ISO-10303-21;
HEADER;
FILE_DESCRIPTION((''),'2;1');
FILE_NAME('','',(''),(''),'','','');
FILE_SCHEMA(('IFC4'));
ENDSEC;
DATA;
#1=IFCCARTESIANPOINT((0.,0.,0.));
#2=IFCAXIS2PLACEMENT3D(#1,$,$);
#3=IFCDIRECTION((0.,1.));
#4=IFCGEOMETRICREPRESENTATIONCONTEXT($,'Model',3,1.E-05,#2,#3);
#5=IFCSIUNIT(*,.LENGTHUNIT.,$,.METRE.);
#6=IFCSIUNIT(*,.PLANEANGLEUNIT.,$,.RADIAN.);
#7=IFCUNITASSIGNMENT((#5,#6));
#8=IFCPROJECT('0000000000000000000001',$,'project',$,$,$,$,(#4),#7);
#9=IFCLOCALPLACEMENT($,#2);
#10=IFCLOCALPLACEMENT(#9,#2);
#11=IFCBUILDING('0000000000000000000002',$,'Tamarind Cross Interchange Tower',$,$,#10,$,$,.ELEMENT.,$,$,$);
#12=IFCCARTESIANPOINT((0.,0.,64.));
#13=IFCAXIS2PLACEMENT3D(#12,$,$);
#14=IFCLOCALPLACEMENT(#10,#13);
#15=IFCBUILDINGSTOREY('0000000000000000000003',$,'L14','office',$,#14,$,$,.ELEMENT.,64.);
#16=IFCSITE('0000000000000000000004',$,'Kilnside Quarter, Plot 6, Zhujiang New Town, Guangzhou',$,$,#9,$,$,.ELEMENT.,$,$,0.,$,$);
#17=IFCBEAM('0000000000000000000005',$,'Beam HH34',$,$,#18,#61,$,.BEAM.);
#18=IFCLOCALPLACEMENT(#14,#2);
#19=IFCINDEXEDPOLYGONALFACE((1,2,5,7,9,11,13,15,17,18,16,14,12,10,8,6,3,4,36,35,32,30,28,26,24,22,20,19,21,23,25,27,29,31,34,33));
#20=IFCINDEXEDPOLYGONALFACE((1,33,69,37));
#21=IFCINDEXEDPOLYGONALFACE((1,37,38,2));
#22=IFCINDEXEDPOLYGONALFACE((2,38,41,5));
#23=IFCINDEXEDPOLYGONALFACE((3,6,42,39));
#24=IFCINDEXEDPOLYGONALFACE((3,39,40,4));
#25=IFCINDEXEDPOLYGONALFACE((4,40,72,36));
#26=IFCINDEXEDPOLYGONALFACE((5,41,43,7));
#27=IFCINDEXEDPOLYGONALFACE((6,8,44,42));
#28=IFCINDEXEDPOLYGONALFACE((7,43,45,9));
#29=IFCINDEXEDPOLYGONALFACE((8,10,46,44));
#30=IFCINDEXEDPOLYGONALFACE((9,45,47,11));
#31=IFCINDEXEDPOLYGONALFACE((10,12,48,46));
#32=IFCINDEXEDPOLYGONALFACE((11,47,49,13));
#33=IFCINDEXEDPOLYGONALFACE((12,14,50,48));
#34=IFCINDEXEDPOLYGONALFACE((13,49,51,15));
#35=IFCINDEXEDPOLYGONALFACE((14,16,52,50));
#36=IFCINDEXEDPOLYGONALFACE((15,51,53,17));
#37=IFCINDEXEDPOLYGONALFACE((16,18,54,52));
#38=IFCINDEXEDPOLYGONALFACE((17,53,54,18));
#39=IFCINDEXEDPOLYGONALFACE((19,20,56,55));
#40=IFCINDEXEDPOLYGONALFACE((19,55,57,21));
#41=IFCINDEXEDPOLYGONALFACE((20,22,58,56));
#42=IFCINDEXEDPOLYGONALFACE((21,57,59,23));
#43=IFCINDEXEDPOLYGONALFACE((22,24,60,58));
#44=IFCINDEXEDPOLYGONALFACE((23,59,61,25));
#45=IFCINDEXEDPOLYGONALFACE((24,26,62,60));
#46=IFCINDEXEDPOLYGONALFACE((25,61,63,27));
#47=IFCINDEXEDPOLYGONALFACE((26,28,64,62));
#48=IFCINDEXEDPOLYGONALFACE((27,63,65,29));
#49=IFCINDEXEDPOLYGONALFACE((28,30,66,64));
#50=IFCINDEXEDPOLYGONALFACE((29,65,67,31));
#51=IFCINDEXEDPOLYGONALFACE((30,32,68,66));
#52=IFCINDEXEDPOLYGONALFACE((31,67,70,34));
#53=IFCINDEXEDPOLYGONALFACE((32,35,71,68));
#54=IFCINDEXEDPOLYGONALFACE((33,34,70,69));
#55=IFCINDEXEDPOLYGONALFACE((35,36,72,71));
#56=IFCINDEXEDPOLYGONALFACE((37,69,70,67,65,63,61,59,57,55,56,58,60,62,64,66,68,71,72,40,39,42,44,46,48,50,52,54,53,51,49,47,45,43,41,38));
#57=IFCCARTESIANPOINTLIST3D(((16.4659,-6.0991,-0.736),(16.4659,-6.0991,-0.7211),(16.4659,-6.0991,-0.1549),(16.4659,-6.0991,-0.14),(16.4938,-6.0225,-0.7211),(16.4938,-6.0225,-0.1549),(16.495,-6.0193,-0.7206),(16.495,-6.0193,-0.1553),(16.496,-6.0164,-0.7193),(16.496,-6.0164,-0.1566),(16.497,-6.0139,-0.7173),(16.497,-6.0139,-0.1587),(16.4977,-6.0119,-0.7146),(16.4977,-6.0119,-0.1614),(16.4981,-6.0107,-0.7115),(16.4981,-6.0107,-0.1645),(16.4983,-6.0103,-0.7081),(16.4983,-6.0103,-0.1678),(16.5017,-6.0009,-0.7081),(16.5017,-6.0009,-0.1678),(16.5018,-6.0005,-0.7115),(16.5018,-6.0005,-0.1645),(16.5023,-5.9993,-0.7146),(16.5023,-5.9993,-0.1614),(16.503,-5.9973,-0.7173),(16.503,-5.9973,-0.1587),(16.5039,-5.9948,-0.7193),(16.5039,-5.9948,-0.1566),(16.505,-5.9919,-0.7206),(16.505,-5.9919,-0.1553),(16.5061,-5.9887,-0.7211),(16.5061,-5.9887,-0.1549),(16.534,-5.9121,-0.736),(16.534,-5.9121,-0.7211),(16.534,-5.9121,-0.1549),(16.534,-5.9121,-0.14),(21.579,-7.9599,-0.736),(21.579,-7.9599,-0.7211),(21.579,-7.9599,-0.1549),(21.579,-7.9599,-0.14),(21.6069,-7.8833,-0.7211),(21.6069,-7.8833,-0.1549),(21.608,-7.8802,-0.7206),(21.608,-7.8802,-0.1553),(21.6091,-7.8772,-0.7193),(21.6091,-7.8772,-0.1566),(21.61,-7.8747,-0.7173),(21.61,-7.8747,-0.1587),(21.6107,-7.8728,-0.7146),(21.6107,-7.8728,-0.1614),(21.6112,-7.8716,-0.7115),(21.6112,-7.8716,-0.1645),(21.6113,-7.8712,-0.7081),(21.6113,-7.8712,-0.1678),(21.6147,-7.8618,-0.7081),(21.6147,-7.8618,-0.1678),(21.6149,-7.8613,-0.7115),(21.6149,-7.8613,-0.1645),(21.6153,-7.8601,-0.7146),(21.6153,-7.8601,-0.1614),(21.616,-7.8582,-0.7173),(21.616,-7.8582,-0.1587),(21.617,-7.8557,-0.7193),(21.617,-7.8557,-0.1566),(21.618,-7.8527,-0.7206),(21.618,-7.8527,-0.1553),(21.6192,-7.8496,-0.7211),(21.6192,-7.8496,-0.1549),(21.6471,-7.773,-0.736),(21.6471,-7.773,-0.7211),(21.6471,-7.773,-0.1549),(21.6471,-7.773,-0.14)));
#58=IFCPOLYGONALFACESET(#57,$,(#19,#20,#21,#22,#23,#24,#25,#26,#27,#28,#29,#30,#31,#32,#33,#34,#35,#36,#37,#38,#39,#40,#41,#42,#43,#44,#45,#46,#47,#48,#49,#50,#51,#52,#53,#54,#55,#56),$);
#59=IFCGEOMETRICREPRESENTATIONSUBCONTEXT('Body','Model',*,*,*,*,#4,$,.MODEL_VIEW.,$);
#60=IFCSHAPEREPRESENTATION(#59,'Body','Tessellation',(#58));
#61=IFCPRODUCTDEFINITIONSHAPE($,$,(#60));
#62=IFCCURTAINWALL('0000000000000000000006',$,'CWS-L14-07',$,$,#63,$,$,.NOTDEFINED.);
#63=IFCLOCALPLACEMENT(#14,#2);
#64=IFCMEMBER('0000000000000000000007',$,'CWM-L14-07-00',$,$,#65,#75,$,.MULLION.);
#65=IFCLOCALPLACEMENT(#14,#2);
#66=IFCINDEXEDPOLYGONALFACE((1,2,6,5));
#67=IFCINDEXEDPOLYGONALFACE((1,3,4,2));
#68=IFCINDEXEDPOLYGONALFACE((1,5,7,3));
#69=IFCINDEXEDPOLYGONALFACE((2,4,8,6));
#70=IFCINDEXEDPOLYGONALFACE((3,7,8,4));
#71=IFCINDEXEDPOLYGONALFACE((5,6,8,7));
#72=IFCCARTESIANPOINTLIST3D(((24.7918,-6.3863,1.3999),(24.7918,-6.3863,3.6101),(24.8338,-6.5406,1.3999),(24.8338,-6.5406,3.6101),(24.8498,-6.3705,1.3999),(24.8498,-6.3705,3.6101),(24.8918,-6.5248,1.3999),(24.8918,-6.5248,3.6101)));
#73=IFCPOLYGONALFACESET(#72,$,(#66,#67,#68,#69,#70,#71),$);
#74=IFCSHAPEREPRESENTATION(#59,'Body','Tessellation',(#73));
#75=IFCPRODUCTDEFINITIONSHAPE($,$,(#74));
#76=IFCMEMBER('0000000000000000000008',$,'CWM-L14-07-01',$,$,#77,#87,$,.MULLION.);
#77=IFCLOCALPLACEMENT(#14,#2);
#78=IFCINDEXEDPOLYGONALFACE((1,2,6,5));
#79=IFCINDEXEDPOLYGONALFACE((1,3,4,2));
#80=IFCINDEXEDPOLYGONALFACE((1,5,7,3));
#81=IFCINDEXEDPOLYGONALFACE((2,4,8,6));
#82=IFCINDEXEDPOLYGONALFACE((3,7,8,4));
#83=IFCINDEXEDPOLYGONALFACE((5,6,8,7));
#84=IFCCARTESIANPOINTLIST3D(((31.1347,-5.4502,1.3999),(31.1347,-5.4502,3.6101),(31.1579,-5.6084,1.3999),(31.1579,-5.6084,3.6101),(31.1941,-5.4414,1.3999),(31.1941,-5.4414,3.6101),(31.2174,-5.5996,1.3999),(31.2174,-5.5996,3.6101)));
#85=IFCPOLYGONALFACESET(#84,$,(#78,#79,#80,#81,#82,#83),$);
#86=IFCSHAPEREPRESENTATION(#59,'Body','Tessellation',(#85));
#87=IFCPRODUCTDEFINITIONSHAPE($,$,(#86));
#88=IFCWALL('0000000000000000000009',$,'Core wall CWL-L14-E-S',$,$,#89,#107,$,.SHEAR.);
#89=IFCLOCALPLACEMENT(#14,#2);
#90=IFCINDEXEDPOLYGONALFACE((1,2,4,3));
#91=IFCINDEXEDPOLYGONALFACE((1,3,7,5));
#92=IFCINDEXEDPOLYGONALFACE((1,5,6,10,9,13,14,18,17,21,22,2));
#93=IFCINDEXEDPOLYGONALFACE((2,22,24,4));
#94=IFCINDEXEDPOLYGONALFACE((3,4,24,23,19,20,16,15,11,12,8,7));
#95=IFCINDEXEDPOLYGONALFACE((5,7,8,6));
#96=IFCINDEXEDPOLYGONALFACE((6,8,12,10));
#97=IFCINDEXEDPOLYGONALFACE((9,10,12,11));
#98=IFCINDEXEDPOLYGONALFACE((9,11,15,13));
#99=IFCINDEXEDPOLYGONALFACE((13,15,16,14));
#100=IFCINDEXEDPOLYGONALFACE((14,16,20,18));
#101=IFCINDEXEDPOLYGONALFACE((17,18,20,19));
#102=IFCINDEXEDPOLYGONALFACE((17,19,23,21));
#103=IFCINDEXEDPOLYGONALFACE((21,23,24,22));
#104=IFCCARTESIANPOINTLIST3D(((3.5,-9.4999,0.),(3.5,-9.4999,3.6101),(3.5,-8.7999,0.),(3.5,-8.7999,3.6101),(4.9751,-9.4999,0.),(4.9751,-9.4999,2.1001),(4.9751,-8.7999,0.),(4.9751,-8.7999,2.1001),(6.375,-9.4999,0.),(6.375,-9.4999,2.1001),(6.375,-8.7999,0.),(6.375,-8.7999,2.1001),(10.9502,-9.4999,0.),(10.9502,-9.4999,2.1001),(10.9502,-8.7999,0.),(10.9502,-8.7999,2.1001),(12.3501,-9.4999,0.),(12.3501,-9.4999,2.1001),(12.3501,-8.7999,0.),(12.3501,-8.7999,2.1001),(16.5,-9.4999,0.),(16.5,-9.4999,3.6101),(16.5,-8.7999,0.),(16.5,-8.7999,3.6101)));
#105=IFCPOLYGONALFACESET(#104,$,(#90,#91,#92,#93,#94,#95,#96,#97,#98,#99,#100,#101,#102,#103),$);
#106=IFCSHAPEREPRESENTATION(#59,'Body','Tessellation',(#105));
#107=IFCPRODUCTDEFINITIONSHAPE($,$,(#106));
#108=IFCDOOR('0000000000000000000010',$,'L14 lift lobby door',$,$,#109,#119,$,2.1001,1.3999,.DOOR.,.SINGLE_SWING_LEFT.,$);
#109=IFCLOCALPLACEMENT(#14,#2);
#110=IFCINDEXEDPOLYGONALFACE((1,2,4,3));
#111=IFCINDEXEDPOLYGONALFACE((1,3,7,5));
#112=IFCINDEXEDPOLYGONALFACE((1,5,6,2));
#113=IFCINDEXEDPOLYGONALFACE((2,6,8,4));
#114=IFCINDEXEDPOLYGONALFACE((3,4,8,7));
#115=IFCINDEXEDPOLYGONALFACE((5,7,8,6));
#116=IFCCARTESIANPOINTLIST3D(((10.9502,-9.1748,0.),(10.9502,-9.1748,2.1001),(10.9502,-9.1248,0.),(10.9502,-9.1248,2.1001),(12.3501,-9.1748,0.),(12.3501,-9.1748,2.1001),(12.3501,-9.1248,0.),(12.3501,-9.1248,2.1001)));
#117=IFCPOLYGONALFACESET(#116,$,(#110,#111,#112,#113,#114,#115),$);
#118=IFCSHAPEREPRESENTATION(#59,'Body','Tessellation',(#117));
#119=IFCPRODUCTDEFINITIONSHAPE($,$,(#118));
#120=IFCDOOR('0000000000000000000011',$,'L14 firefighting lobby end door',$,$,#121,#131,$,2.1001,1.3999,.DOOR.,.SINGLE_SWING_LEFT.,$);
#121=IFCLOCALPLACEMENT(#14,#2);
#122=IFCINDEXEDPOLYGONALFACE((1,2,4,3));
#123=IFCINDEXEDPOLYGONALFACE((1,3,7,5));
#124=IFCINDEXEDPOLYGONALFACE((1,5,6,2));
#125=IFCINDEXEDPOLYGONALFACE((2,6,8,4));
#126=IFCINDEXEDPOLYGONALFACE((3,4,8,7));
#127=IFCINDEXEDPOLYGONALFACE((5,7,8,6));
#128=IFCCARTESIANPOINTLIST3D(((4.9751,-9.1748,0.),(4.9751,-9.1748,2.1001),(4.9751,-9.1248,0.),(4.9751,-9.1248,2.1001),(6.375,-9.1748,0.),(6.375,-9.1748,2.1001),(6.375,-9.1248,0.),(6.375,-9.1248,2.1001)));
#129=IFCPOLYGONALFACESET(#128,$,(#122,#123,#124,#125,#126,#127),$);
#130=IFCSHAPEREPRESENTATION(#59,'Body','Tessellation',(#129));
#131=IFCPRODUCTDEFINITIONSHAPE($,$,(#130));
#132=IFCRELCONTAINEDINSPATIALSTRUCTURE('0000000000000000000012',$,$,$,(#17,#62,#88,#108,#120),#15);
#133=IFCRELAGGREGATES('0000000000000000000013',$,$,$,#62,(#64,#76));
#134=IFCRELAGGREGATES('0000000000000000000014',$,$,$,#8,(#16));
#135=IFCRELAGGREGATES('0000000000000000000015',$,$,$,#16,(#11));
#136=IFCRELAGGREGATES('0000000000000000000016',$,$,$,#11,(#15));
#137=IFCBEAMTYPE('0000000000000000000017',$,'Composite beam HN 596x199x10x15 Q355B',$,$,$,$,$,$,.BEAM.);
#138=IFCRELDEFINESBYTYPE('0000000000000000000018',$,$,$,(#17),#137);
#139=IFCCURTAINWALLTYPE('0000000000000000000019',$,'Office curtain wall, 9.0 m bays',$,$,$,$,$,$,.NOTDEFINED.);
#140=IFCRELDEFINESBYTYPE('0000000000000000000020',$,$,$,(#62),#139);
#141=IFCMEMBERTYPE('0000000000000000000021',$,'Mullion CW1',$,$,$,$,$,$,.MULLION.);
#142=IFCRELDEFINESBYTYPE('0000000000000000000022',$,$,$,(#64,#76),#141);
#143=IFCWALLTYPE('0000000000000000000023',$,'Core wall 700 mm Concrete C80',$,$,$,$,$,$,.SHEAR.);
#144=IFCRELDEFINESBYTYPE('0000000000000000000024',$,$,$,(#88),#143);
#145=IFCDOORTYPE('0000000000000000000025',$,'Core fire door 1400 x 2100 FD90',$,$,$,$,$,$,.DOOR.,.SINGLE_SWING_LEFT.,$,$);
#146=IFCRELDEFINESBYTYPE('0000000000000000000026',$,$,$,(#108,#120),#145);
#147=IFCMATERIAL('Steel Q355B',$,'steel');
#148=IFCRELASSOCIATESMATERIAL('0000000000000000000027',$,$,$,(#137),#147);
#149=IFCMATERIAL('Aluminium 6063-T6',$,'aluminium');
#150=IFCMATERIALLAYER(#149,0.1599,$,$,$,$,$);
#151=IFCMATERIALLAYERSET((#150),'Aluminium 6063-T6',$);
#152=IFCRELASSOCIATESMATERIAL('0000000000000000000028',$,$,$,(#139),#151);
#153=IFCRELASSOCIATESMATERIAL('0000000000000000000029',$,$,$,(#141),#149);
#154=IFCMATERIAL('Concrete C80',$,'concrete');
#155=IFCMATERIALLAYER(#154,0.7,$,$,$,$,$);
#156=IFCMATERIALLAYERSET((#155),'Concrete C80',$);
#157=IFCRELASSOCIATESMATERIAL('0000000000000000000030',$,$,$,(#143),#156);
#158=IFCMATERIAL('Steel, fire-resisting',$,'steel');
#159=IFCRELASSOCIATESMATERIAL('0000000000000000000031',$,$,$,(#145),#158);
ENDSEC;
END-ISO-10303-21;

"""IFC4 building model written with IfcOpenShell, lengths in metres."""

from ifc_helpers import new_model, si_unit, direction, frame, frame_2d, origin, origin_2d, place, context, subcontext, project, spatial, rectangle, i_section, extrude, material, layer, layer_set, material_profile, profile_set, type_object, element, fill, aggregate, save


model = new_model("IFC4")

# Units and contexts
model_context = context("Model", 3, precision=1e-05, world=origin(), true_north=direction((0.0, 1.0)))
body_context = subcontext(model_context, "Body", "Model", "MODEL_VIEW")
ifc_project = project(units=[si_unit("LENGTHUNIT", "METRE"), si_unit("PLANEANGLEUNIT", "RADIAN")], contexts=[model_context])

# Site, building, storey
site_placement = place(None, origin())
site = spatial("IfcSite", under=ifc_project, at=site_placement, Name="Kilnside Quarter, Plot 6, Zhujiang New Town, Guangzhou", CompositionType="ELEMENT", RefElevation=0.0)
building_placement = place(site_placement, origin())
building = spatial("IfcBuilding", under=site, at=building_placement, Name="Tamarind Cross Interchange Tower", CompositionType="ELEMENT")
storey_placement = place(building_placement, frame((0.0, 0.0, 64.0)))
storey = spatial("IfcBuildingStorey", under=building, at=storey_placement, Name="L14", Description="office", CompositionType="ELEMENT", Elevation=64.0)

# Beam
ifc_material_1 = material(Name="Steel Q355B", Category="steel")
ifc_material_profile_1 = material_profile(ifc_material_1, i_section(OverallWidth=0.199, OverallDepth=0.5959, WebThickness=0.01, FlangeThickness=0.0149, FilletRadius=0.0129, at=origin_2d()), Name="HN 596x199x10x15")
ifc_profile_set_1 = profile_set([ifc_material_profile_1], Name="Steel Q355B")
beam_type_1 = type_object("IfcBeamType", Name="Composite beam HN 596x199x10x15 Q355B", PredefinedType="BEAM", material=ifc_profile_set_1)
beam_1_placement = place(storey_placement, frame((21.613, -7.8665, -0.438), z_axis=(-0.939702, 0.341995, 0.0), x_axis=(-0.341995, -0.939702, 0.0)))
element("IfcBeam", 1, at=beam_1_placement, inside=storey, type_object=beam_type_1, Name="Beam HH34", PredefinedType="BEAM", context=body_context, shape_type="SweptSolid", body=[
    extrude(i_section(OverallWidth=0.199, OverallDepth=0.5959, WebThickness=0.01, FlangeThickness=0.0149, FilletRadius=0.0129, at=origin_2d()), origin(), (0.0, 0.0, 1.0), 5.4412),
])

# Curtain wall, members
ifc_material_2 = material(Name="Aluminium 6063-T6", Category="aluminium")
ifc_layer_1 = layer(ifc_material_2, 0.1599)
ifc_layer_set_1 = layer_set([ifc_layer_1], Name="Aluminium 6063-T6")
curtain_wall_type = type_object("IfcCurtainWallType", Name="Office curtain wall, 9.0 m bays", PredefinedType="NOTDEFINED", material=ifc_layer_set_1)
curtain_wall_placement = place(storey_placement, origin())
curtain_wall = element("IfcCurtainWall", 2, at=curtain_wall_placement, inside=storey, type_object=curtain_wall_type, Name="CWS-L14-07", PredefinedType="NOTDEFINED")
ifc_material_profile_2 = material_profile(ifc_material_2, rectangle(XDim=0.0601, YDim=0.1599, at=origin_2d()), Name="Mullion CW1")
ifc_profile_set_2 = profile_set([ifc_material_profile_2], Name="Aluminium 6063-T6")
member_type = type_object("IfcMemberType", Name="Mullion CW1", PredefinedType="MULLION", material=ifc_profile_set_2)
member_1_placement = place(storey_placement, frame((24.8418, -6.4556, 1.3999), z_axis=(0.0, 0.0, 1.0), x_axis=(0.964974, 0.262344, 0.0)))
member_1 = element("IfcMember", 3, at=member_1_placement, type_object=member_type, Name="CWM-L14-07-00", PredefinedType="MULLION", context=body_context, shape_type="SweptSolid", body=[
    extrude(rectangle(XDim=0.0601, YDim=0.1599, at=origin_2d()), origin(), (0.0, 0.0, 1.0), 2.2102),
])
member_2_placement = place(storey_placement, frame((31.176, -5.5249, 1.3999), z_axis=(0.0, 0.0, 1.0), x_axis=(0.989378, 0.145365, 0.0)))
member_2 = element("IfcMember", 4, at=member_2_placement, type_object=member_type, Name="CWM-L14-07-01", PredefinedType="MULLION", context=body_context, shape_type="SweptSolid", body=[
    extrude(rectangle(XDim=0.0601, YDim=0.1599, at=origin_2d()), origin(), (0.0, 0.0, 1.0), 2.2102),
])
aggregate(curtain_wall, [member_1, member_2])

# Wall, openings, doors
ifc_material_3 = material(Name="Concrete C80", Category="concrete")
ifc_layer_2 = layer(ifc_material_3, 0.7)
ifc_layer_set_2 = layer_set([ifc_layer_2], Name="Concrete C80")
wall_type_1 = type_object("IfcWallType", Name="Core wall 700 mm Concrete C80", PredefinedType="SHEAR", material=ifc_layer_set_2)
wall_1_placement = place(storey_placement, frame((16.5, -9.1499, 0.0), z_axis=(0.0, 0.0, 1.0), x_axis=(-1.0, 0.0, 0.0)))
wall_1 = element("IfcWall", 5, at=wall_1_placement, inside=storey, type_object=wall_type_1, Name="Core wall CWL-L14-E-S", PredefinedType="SHEAR", context=body_context, shape_type="SweptSolid", body=[
    extrude(rectangle(XDim=13.0, YDim=0.7, at=frame_2d((6.5, 0.0))), origin(), (0.0, 0.0, 1.0), 3.6101),
])
opening_1_placement = place(wall_1_placement, frame((4.1499, 0.0, 0.0)))
opening_1 = element("IfcOpeningElement", 6, at=opening_1_placement, cuts=wall_1, PredefinedType="OPENING", context=body_context, shape_type="SweptSolid", body=[
    extrude(rectangle(XDim=1.3999, YDim=2.1001, at=frame_2d((0.7, 1.05))), frame((0.0, 0.3599, 0.0), z_axis=(0.0, -1.0, 0.0), x_axis=(1.0, 0.0, 0.0)), (0.0, 0.0, 1.0), 0.72),
])
opening_2_placement = place(wall_1_placement, frame((10.125, 0.0, 0.0)))
opening_2 = element("IfcOpeningElement", 7, at=opening_2_placement, cuts=wall_1, PredefinedType="OPENING", context=body_context, shape_type="SweptSolid", body=[
    extrude(rectangle(XDim=1.3999, YDim=2.1001, at=frame_2d((0.7, 1.05))), frame((0.0, 0.3599, 0.0), z_axis=(0.0, -1.0, 0.0), x_axis=(1.0, 0.0, 0.0)), (0.0, 0.0, 1.0), 0.72),
])
ifc_material_4 = material(Name="Steel, fire-resisting", Category="steel")
door_type_1 = type_object("IfcDoorType", Name="Core fire door 1400 x 2100 FD90", OperationType="SINGLE_SWING_LEFT", PredefinedType="DOOR", material=ifc_material_4)
door_1_placement = place(opening_1_placement, origin())
door_1 = element("IfcDoor", 8, at=door_1_placement, inside=storey, type_object=door_type_1, Name="L14 lift lobby door", OperationType="SINGLE_SWING_LEFT", OverallHeight=2.1001, OverallWidth=1.3999, PredefinedType="DOOR", context=body_context, shape_type="SweptSolid", body=[
    extrude(rectangle(XDim=1.3999, YDim=2.1001, at=frame_2d((0.7, 1.05))), frame((0.0, 0.0249, 0.0), z_axis=(0.0, -1.0, 0.0), x_axis=(1.0, 0.0, 0.0)), (0.0, 0.0, 1.0), 0.05),
])
fill(opening_1, door_1)
door_2_placement = place(opening_2_placement, origin())
door_2 = element("IfcDoor", 9, at=door_2_placement, inside=storey, type_object=door_type_1, Name="L14 firefighting lobby end door", OperationType="SINGLE_SWING_LEFT", OverallHeight=2.1001, OverallWidth=1.3999, PredefinedType="DOOR", context=body_context, shape_type="SweptSolid", body=[
    extrude(rectangle(XDim=1.3999, YDim=2.1001, at=frame_2d((0.7, 1.05))), frame((0.0, 0.0249, 0.0), z_axis=(0.0, -1.0, 0.0), x_axis=(1.0, 0.0, 0.0)), (0.0, 0.0, 1.0), 0.05),
])
fill(opening_2, door_2)

save(model, "model.ifc")
